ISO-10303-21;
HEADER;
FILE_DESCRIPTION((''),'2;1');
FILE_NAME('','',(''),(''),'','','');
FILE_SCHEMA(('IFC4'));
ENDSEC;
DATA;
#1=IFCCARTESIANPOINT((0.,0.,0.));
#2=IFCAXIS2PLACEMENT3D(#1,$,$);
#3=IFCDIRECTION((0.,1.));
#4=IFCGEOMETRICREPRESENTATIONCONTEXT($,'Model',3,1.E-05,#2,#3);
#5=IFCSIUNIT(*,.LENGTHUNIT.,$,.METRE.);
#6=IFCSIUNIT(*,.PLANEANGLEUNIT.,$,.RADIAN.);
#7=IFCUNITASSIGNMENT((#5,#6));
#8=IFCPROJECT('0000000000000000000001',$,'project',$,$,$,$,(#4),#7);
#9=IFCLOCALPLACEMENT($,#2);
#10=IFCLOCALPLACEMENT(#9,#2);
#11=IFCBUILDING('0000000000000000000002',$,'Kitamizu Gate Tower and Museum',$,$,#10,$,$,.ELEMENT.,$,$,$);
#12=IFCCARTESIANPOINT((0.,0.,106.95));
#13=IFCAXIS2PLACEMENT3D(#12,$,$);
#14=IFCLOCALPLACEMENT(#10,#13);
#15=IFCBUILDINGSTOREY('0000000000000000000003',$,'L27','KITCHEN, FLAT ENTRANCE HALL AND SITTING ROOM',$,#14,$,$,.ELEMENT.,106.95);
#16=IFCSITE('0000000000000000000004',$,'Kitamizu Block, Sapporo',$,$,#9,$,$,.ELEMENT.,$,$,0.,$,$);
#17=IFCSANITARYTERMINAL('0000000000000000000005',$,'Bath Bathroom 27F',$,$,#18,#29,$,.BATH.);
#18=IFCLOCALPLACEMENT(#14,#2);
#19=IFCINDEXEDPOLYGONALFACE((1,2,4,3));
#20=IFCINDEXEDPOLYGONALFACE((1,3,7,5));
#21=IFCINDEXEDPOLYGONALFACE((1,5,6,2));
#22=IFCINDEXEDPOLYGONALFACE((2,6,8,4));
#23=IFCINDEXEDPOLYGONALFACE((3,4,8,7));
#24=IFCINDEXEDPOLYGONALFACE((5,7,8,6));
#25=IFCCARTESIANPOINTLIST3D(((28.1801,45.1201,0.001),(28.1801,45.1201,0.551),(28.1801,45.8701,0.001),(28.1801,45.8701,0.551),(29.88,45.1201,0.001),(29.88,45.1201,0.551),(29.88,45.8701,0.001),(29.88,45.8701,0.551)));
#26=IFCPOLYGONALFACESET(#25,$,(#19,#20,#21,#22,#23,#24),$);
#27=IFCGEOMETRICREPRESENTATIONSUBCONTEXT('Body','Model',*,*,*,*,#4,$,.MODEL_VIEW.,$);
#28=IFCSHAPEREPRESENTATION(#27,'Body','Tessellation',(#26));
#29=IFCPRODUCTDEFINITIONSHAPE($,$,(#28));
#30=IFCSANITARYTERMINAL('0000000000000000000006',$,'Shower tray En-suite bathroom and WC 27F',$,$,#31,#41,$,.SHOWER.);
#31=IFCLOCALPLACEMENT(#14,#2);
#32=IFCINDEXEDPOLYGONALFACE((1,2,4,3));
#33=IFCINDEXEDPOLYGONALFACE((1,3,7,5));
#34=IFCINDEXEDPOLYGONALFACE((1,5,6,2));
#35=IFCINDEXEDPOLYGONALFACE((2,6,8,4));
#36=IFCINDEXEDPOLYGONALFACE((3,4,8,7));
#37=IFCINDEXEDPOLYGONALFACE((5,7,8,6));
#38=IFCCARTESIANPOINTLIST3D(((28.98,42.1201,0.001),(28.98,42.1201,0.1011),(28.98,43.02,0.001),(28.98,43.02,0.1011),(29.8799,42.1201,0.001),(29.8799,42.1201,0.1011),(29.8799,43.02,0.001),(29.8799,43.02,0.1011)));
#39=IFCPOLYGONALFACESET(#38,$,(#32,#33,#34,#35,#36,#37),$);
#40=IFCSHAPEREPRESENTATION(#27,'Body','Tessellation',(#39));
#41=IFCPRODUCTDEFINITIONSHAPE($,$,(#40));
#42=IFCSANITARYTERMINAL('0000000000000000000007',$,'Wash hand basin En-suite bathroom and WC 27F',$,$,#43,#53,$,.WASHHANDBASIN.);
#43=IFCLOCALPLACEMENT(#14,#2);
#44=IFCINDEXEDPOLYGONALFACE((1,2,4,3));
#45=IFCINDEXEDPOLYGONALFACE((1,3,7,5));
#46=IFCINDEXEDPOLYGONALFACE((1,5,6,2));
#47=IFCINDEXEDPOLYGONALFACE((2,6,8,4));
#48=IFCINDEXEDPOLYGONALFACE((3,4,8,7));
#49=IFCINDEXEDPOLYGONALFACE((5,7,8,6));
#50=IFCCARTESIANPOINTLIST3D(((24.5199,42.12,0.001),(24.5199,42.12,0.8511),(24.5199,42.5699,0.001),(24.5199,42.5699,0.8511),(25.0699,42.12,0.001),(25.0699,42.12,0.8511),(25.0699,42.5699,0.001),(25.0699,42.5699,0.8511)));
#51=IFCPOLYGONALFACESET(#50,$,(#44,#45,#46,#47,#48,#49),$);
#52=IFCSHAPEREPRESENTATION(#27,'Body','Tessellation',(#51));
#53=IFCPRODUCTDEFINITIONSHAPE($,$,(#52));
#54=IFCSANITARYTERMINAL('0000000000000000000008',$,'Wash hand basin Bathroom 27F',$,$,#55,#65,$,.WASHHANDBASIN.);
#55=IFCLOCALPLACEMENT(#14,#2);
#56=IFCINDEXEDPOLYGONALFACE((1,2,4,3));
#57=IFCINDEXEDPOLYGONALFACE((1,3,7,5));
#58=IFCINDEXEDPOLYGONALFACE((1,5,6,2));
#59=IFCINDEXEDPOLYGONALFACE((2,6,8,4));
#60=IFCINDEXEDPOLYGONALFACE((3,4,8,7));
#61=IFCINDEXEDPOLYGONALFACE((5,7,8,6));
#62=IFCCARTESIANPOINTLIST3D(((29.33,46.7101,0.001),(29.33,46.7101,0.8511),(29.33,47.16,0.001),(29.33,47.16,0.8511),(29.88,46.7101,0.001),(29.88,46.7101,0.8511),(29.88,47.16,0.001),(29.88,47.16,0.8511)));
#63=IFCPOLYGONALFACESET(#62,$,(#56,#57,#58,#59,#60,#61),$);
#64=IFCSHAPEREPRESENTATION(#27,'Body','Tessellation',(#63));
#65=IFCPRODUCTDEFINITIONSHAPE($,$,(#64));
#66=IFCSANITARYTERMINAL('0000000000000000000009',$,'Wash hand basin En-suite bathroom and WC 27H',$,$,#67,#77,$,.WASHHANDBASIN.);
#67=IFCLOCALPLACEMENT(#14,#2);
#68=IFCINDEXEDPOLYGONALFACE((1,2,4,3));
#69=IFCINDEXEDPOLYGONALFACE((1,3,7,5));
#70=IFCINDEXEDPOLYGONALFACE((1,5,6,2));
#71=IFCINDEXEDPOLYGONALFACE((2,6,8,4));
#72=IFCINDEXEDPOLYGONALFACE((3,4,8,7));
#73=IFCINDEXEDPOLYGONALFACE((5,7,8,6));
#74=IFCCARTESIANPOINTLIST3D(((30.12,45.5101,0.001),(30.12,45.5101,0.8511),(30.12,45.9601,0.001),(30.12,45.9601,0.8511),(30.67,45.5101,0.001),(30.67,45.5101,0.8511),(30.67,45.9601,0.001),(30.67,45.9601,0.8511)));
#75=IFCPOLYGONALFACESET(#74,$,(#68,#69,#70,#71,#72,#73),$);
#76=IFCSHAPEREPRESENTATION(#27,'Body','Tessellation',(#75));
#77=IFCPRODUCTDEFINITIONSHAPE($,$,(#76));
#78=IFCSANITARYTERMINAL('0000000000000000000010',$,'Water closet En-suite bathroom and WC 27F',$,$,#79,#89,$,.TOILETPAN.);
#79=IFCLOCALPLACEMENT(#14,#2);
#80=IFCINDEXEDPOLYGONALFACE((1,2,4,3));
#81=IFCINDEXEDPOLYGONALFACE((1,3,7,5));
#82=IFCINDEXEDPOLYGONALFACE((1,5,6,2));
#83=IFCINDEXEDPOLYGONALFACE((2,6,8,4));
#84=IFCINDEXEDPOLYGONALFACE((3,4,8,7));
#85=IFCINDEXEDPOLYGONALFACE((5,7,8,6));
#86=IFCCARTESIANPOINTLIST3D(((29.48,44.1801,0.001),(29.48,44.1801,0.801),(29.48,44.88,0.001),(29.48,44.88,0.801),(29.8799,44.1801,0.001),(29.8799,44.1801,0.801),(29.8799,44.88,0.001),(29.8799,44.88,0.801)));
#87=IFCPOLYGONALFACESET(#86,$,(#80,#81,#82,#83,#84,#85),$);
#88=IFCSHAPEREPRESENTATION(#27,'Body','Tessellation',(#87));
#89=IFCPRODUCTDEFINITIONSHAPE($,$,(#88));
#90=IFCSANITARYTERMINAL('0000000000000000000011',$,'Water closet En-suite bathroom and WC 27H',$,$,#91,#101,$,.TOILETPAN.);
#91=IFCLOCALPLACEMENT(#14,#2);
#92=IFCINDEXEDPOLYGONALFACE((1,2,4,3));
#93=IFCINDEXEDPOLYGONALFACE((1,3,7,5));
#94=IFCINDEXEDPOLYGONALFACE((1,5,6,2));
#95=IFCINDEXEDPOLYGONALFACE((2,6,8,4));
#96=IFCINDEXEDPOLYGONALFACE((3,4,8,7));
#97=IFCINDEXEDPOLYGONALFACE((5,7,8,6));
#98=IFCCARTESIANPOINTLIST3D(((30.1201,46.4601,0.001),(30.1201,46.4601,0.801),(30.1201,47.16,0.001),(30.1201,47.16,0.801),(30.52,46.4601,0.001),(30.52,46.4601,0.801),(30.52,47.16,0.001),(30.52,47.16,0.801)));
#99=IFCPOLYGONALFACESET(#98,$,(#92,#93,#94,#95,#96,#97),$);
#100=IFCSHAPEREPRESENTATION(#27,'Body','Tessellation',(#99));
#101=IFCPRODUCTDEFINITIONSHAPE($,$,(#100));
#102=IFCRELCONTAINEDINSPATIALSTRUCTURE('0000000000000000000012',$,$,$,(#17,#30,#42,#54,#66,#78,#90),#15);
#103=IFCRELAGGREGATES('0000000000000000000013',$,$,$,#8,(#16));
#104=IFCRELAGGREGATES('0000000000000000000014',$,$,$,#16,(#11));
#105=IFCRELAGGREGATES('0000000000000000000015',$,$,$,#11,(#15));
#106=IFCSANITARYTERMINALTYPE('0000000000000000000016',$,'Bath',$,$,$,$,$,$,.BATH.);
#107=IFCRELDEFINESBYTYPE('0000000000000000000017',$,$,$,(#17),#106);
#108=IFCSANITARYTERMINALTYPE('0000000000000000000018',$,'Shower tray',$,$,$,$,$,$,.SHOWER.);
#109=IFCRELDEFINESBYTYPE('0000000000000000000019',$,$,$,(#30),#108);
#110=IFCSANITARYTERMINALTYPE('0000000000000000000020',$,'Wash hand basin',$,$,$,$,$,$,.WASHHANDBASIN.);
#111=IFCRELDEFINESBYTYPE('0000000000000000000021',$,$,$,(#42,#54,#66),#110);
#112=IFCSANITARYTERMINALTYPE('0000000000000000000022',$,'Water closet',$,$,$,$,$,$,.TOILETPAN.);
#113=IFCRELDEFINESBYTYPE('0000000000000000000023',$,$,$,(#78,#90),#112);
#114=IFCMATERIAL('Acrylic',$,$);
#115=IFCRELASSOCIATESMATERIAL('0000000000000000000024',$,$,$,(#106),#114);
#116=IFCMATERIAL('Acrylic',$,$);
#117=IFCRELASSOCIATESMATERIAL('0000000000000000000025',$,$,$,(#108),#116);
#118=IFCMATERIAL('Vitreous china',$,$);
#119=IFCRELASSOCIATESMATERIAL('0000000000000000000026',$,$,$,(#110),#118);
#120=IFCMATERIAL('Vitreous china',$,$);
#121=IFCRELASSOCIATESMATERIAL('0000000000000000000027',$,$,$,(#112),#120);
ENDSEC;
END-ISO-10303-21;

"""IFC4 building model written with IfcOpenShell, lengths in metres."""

from ifc_helpers import new_model, si_unit, direction, frame, origin, origin_2d, place, context, subcontext, project, spatial, rectangle, extrude, material, type_object, element, save


model = new_model("IFC4")

# Units and contexts
model_context = context("Model", 3, precision=1e-05, world=origin(), true_north=direction((0.0, 1.0)))
body_context = subcontext(model_context, "Body", "Model", "MODEL_VIEW")
ifc_project = project(units=[si_unit("LENGTHUNIT", "METRE"), si_unit("PLANEANGLEUNIT", "RADIAN")], contexts=[model_context])

# Site, building, storey
site_placement = place(None, origin())
site = spatial("IfcSite", under=ifc_project, at=site_placement, Name="Kitamizu Block, Sapporo", CompositionType="ELEMENT", RefElevation=0.0)
building_placement = place(site_placement, origin())
building = spatial("IfcBuilding", under=site, at=building_placement, Name="Kitamizu Gate Tower and Museum", CompositionType="ELEMENT")
storey_placement = place(building_placement, frame((0.0, 0.0, 106.95)))
storey = spatial("IfcBuildingStorey", under=building, at=storey_placement, Name="L27", Description="KITCHEN, FLAT ENTRANCE HALL AND SITTING ROOM", CompositionType="ELEMENT", Elevation=106.95)

# Sanitary terminals
ifc_material_1 = material(Name="Acrylic")
sanitary_terminal_type_1 = type_object("IfcSanitaryTerminalType", Name="Bath", PredefinedType="BATH", material=ifc_material_1)
sanitary_terminal_1_placement = place(storey_placement, frame((29.03, 45.4951, 0.001), z_axis=(0.0, 0.0, 1.0), x_axis=(1.0, 0.0, 0.0)))
element("IfcSanitaryTerminal", 1, at=sanitary_terminal_1_placement, inside=storey, type_object=sanitary_terminal_type_1, Name="Bath Bathroom 27F", PredefinedType="BATH", context=body_context, shape_type="SweptSolid", body=[
    extrude(rectangle(XDim=1.7, YDim=0.75, at=origin_2d()), origin(), (0.0, 0.0, 1.0), 0.55),
])
ifc_material_2 = material(Name="Acrylic")
sanitary_terminal_type_2 = type_object("IfcSanitaryTerminalType", Name="Shower tray", PredefinedType="SHOWER", material=ifc_material_2)
sanitary_terminal_2_placement = place(storey_placement, frame((29.4299, 42.5701, 0.001), z_axis=(0.0, 0.0, 1.0), x_axis=(1.0, 0.0, 0.0)))
element("IfcSanitaryTerminal", 2, at=sanitary_terminal_2_placement, inside=storey, type_object=sanitary_terminal_type_2, Name="Shower tray En-suite bathroom and WC 27F", PredefinedType="SHOWER", context=body_context, shape_type="SweptSolid", body=[
    extrude(rectangle(XDim=0.8999, YDim=0.8999, at=origin_2d()), origin(), (0.0, 0.0, 1.0), 0.1001),
])
ifc_material_3 = material(Name="Vitreous china")
sanitary_terminal_type_3 = type_object("IfcSanitaryTerminalType", Name="Wash hand basin", PredefinedType="WASHHANDBASIN", material=ifc_material_3)
for number, where, z_axis, x_axis, name in (
    (3, (24.7949, 42.345, 0.001), (0.0, 0.0, 1.0), (1.0, 0.0, 0.0), "Wash hand basin En-suite bathroom and WC 27F"),
    (4, (29.605, 46.9351, 0.001), (0.0, 0.0, 1.0), (1.0, 0.0, 0.0), "Wash hand basin Bathroom 27F"),
    (5, (30.395, 45.7351, 0.001), (0.0, 0.0, 1.0), (1.0, 0.0, 0.0), "Wash hand basin En-suite bathroom and WC 27H"),
):
    element("IfcSanitaryTerminal", number, at=place(storey_placement, frame(where, z_axis=z_axis, x_axis=x_axis)), inside=storey, type_object=sanitary_terminal_type_3, Name=name, PredefinedType="WASHHANDBASIN", context=body_context, shape_type="SweptSolid", body=[
        extrude(rectangle(XDim=0.55, YDim=0.45, at=origin_2d()), origin(), (0.0, 0.0, 1.0), 0.8501),
    ])
ifc_material_4 = material(Name="Vitreous china")
sanitary_terminal_type_4 = type_object("IfcSanitaryTerminalType", Name="Water closet", PredefinedType="TOILETPAN", material=ifc_material_4)
for number, where, z_axis, x_axis, name in (
    (6, (29.6799, 44.53, 0.001), (0.0, 0.0, 1.0), (1.0, 0.0, 0.0), "Water closet En-suite bathroom and WC 27F"),
    (7, (30.3201, 46.8101, 0.001), (0.0, 0.0, 1.0), (1.0, 0.0, 0.0), "Water closet En-suite bathroom and WC 27H"),
):
    element("IfcSanitaryTerminal", number, at=place(storey_placement, frame(where, z_axis=z_axis, x_axis=x_axis)), inside=storey, type_object=sanitary_terminal_type_4, Name=name, PredefinedType="TOILETPAN", context=body_context, shape_type="SweptSolid", body=[
        extrude(rectangle(XDim=0.3999, YDim=0.7, at=origin_2d()), origin(), (0.0, 0.0, 1.0), 0.8),
    ])

save(model, "model.ifc")
